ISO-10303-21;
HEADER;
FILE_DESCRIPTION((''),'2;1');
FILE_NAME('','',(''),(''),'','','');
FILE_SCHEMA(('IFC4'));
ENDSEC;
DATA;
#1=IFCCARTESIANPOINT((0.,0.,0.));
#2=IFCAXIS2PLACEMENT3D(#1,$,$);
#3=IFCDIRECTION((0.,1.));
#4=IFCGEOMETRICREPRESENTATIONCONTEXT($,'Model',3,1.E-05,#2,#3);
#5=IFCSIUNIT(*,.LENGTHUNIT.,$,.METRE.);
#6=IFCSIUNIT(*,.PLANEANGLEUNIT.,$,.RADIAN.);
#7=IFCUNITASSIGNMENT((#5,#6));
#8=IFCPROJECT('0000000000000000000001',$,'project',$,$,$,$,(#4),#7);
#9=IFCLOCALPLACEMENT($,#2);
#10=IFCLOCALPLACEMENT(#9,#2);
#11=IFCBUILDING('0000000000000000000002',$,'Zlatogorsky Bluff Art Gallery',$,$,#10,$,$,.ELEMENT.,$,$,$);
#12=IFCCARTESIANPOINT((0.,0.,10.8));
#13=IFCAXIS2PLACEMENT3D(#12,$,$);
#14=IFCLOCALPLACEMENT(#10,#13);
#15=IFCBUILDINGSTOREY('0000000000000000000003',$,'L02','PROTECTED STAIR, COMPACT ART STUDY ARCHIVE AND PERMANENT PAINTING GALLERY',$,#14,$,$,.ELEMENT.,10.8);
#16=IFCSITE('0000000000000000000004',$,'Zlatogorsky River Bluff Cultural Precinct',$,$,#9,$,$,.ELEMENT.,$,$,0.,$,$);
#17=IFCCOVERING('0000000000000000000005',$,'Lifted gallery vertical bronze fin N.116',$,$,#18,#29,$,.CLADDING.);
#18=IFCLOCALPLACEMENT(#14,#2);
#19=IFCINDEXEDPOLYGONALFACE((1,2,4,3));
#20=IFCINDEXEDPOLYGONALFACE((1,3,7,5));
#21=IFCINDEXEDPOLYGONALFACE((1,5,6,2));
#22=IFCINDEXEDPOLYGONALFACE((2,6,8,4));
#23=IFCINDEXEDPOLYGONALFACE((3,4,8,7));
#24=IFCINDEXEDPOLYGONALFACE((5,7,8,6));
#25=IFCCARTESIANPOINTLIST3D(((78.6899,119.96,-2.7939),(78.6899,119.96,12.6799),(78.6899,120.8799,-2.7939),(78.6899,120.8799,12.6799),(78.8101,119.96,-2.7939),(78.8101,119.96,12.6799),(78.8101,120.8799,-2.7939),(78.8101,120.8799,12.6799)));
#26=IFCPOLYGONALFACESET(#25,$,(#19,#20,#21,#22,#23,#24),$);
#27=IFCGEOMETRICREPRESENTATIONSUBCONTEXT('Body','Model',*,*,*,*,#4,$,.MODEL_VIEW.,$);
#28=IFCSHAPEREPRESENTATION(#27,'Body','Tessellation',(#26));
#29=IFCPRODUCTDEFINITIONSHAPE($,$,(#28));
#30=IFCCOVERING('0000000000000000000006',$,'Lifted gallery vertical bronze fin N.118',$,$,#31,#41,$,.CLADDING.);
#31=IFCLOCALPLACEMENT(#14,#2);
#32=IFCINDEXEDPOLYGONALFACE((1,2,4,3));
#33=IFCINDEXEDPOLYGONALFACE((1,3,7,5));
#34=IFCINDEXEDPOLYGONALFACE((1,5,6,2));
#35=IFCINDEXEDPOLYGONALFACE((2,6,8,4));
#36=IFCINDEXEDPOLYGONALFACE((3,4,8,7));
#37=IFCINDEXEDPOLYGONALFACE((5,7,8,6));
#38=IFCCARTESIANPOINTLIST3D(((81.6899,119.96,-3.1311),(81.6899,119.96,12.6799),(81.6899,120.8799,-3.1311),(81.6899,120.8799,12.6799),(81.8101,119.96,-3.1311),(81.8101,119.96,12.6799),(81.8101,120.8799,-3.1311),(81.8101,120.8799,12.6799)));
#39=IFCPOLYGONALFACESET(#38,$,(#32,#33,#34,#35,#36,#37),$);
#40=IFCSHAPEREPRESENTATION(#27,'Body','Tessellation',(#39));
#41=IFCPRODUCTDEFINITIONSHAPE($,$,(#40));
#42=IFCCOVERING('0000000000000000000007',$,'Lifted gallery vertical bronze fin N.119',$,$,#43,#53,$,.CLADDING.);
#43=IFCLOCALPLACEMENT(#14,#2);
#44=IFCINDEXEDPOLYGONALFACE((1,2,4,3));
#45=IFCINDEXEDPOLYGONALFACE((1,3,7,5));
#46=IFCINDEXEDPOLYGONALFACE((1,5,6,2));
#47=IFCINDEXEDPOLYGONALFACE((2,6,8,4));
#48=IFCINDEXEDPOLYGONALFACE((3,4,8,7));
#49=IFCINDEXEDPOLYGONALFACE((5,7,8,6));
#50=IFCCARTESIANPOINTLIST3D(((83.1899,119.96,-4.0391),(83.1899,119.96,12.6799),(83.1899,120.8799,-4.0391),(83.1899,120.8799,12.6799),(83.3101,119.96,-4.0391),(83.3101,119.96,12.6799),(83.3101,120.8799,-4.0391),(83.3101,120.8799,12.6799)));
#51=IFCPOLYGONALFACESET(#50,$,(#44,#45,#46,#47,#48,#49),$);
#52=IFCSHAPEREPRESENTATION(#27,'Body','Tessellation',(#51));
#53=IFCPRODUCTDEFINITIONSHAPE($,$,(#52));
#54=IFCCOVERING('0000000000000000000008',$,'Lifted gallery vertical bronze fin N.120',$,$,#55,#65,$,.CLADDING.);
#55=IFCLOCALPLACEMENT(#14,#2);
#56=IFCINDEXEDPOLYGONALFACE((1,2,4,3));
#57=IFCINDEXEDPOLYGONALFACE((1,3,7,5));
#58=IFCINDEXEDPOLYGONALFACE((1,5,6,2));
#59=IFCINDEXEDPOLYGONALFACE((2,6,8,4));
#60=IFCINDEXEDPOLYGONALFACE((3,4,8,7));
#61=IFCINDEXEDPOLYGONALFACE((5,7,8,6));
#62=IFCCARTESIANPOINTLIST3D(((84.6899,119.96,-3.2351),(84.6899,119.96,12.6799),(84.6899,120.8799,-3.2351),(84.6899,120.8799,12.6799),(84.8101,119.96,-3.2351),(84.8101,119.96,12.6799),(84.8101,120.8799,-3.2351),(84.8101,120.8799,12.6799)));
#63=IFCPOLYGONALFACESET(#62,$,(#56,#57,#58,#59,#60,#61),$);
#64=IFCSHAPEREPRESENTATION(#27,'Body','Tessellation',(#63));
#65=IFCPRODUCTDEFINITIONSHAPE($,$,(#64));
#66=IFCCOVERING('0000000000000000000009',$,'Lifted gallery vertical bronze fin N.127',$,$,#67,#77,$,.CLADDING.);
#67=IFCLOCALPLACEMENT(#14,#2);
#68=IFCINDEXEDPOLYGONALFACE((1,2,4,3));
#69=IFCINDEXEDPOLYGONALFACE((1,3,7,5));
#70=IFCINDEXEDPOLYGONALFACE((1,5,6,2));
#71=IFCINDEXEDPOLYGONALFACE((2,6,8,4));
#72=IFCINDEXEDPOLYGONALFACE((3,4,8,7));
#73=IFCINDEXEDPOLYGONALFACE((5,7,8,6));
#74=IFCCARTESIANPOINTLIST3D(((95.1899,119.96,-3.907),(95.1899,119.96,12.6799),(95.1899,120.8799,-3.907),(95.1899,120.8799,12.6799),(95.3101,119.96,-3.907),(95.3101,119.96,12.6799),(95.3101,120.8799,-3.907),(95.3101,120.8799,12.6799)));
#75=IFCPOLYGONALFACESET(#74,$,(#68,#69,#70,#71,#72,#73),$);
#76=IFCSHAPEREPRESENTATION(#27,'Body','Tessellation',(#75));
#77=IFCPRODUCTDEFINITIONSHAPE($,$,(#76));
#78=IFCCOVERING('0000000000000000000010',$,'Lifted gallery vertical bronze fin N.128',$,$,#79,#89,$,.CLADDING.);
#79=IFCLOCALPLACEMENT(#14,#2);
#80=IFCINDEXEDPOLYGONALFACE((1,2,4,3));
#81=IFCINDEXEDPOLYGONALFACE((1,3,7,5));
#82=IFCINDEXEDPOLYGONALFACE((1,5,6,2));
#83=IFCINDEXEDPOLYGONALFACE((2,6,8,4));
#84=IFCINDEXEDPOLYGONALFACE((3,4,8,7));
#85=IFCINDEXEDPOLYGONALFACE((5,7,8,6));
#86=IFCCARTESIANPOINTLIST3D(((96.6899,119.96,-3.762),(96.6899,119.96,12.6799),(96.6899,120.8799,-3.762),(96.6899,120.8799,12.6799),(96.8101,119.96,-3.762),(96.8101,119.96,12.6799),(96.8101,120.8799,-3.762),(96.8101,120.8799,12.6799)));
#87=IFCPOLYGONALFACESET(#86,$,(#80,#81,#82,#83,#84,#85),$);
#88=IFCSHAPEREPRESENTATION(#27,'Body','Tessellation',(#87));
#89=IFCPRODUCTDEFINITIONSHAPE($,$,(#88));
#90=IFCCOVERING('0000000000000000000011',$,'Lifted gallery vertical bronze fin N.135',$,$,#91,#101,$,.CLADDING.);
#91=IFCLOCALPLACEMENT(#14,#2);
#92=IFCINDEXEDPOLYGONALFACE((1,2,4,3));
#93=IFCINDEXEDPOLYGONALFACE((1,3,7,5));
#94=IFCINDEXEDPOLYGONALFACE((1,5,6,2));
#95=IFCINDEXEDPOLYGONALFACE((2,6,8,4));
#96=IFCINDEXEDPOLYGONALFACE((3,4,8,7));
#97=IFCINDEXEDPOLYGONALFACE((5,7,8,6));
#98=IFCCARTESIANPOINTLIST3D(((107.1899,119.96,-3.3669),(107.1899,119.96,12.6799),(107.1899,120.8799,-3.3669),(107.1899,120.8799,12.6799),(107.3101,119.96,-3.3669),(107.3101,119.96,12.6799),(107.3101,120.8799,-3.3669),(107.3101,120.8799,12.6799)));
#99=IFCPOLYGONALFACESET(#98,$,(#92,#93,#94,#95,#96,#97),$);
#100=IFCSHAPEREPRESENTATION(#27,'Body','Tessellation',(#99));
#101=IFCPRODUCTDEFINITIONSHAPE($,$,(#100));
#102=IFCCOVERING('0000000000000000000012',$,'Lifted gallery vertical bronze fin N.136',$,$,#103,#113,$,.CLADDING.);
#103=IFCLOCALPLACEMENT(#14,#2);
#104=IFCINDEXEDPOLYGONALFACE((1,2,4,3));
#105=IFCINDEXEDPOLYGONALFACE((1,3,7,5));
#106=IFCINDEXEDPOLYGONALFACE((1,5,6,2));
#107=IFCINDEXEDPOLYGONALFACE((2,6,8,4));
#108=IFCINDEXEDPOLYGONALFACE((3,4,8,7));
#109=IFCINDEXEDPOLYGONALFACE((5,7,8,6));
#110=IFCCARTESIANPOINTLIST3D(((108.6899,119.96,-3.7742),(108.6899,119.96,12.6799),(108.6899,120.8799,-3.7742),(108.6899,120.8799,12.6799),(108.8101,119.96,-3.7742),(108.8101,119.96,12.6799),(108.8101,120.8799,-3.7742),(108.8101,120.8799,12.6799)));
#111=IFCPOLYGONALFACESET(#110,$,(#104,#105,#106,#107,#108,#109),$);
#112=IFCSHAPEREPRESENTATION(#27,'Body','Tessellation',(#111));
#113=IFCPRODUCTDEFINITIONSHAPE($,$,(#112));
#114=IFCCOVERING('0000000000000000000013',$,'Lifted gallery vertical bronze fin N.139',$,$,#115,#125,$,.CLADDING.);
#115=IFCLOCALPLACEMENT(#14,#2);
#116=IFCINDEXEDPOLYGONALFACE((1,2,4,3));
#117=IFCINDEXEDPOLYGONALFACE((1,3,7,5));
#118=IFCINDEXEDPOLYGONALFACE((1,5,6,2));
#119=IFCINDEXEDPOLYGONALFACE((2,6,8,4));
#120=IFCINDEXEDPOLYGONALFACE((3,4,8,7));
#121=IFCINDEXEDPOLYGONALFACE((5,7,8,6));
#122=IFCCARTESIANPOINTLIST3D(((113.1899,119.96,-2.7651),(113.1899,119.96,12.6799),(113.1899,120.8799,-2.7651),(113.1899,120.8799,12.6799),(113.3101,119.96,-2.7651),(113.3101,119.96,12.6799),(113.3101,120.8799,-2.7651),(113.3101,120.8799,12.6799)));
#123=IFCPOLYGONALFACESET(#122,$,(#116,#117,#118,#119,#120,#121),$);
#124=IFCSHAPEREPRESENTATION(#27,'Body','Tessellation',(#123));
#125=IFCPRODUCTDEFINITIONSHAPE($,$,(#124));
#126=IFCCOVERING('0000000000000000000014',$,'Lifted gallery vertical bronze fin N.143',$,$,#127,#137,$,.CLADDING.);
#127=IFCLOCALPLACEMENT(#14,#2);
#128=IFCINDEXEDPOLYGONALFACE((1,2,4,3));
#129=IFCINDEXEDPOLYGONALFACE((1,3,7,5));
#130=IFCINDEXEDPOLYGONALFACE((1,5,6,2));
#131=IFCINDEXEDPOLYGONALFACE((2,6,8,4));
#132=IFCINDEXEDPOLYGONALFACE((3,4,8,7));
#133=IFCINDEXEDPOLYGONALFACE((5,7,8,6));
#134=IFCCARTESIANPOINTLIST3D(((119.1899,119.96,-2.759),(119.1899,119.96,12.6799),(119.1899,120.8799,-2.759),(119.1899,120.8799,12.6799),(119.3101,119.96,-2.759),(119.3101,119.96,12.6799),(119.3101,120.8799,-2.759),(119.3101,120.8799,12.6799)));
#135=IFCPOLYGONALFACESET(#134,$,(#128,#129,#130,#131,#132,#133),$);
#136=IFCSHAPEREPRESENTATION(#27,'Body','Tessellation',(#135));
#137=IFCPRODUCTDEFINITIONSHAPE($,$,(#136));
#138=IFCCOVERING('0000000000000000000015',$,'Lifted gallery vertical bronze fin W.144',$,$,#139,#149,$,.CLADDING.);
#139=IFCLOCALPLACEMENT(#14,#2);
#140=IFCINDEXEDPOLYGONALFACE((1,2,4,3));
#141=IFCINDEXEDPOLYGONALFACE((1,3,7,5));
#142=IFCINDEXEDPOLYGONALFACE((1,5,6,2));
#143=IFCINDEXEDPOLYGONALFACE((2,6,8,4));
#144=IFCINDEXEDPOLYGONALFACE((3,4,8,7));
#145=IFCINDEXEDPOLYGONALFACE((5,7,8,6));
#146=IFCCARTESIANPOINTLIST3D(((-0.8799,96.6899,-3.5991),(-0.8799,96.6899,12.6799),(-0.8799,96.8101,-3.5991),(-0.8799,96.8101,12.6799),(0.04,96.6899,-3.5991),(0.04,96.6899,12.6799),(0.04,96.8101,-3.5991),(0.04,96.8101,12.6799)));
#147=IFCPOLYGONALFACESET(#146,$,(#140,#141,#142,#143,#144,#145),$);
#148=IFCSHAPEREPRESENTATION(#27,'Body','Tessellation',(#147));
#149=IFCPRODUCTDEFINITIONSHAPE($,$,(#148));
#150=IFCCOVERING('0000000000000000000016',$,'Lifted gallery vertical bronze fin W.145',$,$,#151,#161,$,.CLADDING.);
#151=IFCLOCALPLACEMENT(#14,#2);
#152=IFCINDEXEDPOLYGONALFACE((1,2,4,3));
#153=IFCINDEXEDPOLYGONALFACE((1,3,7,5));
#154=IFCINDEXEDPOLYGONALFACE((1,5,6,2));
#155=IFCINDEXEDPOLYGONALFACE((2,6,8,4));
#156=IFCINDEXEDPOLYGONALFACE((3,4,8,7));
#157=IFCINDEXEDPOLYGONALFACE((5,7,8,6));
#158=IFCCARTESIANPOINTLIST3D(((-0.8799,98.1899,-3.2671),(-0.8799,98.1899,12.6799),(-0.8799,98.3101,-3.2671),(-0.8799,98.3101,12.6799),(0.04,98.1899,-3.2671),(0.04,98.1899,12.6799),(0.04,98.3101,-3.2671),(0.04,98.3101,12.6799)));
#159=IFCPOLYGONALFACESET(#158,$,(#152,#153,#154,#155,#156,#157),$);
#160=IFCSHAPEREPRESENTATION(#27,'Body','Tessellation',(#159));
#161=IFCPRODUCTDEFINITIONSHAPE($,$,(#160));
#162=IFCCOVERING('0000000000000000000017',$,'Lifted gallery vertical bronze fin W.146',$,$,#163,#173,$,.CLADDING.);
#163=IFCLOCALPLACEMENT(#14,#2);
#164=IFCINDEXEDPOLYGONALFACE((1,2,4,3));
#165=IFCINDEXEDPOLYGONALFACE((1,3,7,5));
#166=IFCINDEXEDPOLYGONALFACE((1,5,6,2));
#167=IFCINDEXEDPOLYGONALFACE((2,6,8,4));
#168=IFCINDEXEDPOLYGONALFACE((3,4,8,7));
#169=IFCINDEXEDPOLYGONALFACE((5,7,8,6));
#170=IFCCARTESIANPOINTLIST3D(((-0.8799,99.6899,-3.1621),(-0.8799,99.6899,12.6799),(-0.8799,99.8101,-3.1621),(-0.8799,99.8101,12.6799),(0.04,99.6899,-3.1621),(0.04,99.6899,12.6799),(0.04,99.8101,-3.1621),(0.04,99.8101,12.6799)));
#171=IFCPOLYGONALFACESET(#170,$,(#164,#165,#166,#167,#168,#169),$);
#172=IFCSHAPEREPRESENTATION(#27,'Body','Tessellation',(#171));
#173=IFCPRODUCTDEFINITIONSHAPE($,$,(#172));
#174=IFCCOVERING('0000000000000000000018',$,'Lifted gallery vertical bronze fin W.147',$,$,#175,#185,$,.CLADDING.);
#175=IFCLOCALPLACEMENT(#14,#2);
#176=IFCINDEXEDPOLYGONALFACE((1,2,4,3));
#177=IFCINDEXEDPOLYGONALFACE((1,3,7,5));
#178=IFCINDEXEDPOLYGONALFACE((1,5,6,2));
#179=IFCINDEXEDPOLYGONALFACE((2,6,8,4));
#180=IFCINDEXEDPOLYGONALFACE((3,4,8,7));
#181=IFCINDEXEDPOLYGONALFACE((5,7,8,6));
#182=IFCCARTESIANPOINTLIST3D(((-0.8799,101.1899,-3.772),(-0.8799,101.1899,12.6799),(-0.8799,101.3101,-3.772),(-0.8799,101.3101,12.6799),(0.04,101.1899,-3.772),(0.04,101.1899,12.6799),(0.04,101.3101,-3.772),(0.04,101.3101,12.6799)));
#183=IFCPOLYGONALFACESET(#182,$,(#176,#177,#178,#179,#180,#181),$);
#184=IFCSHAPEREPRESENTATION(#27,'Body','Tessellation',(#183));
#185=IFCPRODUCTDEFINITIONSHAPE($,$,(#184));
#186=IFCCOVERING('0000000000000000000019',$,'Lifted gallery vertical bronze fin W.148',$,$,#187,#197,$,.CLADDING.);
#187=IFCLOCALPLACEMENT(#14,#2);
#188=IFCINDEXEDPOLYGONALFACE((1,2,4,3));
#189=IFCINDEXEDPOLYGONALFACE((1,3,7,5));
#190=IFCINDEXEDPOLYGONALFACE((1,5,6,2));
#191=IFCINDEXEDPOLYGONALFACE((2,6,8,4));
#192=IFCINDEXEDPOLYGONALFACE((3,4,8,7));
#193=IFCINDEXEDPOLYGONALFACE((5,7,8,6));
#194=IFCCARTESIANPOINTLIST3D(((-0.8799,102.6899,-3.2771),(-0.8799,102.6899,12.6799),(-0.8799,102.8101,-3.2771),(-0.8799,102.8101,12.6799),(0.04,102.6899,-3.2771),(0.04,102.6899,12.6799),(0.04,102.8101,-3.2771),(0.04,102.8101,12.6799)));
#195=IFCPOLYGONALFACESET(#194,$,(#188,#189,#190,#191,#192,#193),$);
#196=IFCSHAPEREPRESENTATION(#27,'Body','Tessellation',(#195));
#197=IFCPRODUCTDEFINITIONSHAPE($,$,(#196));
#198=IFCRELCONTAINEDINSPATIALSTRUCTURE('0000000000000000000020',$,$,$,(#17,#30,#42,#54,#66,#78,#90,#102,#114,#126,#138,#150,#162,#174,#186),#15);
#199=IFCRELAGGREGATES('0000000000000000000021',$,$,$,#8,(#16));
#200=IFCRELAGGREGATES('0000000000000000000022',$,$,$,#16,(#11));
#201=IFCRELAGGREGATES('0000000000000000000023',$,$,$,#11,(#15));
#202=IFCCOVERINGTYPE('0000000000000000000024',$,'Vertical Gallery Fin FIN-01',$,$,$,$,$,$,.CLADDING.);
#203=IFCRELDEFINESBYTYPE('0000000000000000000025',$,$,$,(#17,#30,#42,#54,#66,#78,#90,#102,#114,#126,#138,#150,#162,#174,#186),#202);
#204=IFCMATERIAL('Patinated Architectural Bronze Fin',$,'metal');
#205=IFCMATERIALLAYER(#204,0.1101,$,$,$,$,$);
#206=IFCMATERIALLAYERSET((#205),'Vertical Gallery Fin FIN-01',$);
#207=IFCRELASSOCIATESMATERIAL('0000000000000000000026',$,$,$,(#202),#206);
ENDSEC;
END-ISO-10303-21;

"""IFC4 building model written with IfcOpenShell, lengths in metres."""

from ifc_helpers import new_model, si_unit, direction, frame, origin, place, context, subcontext, project, spatial, polyline, outline, extrude, material, layer, layer_set, type_object, element, save


model = new_model("IFC4")

# Units and contexts
model_context = context("Model", 3, precision=1e-05, world=origin(), true_north=direction((0.0, 1.0)))
body_context = subcontext(model_context, "Body", "Model", "MODEL_VIEW")
ifc_project = project(units=[si_unit("LENGTHUNIT", "METRE"), si_unit("PLANEANGLEUNIT", "RADIAN")], contexts=[model_context])

# Site, building, storey
site_placement = place(None, origin())
site = spatial("IfcSite", under=ifc_project, at=site_placement, Name="Zlatogorsky River Bluff Cultural Precinct", CompositionType="ELEMENT", RefElevation=0.0)
building_placement = place(site_placement, origin())
building = spatial("IfcBuilding", under=site, at=building_placement, Name="Zlatogorsky Bluff Art Gallery", CompositionType="ELEMENT")
storey_placement = place(building_placement, frame((0.0, 0.0, 10.8)))
storey = spatial("IfcBuildingStorey", under=building, at=storey_placement, Name="L02", Description="PROTECTED STAIR, COMPACT ART STUDY ARCHIVE AND PERMANENT PAINTING GALLERY", CompositionType="ELEMENT", Elevation=10.8)

# Coverings
ifc_material = material(Name="Patinated Architectural Bronze Fin", Category="metal")
ifc_layer = layer(ifc_material, 0.1101)
ifc_layer_set = layer_set([ifc_layer], Name="Vertical Gallery Fin FIN-01")
covering_type = type_object("IfcCoveringType", Name="Vertical Gallery Fin FIN-01", PredefinedType="CLADDING", material=ifc_layer_set)
covering_1_placement = place(storey_placement, frame((0.0, 0.0, -2.7939)))
element("IfcCovering", 1, at=covering_1_placement, inside=storey, type_object=covering_type, Name="Lifted gallery vertical bronze fin N.116", PredefinedType="CLADDING", context=body_context, shape_type="SweptSolid", body=[
    extrude(outline(polyline([(78.6899, 119.96), (78.8101, 119.96), (78.8101, 120.8799), (78.6899, 120.8799), (78.6899, 119.96)])), origin(), (0.0, 0.0, 1.0), 15.4739),
])
covering_2_placement = place(storey_placement, frame((0.0, 0.0, -3.1311)))
element("IfcCovering", 2, at=covering_2_placement, inside=storey, type_object=covering_type, Name="Lifted gallery vertical bronze fin N.118", PredefinedType="CLADDING", context=body_context, shape_type="SweptSolid", body=[
    extrude(outline(polyline([(81.6899, 119.96), (81.8101, 119.96), (81.8101, 120.8799), (81.6899, 120.8799), (81.6899, 119.96)])), origin(), (0.0, 0.0, 1.0), 15.811),
])
covering_3_placement = place(storey_placement, frame((0.0, 0.0, -4.0391)))
element("IfcCovering", 3, at=covering_3_placement, inside=storey, type_object=covering_type, Name="Lifted gallery vertical bronze fin N.119", PredefinedType="CLADDING", context=body_context, shape_type="SweptSolid", body=[
    extrude(outline(polyline([(83.1899, 119.96), (83.3101, 119.96), (83.3101, 120.8799), (83.1899, 120.8799), (83.1899, 119.96)])), origin(), (0.0, 0.0, 1.0), 16.719),
])
covering_4_placement = place(storey_placement, frame((0.0, 0.0, -3.2351)))
element("IfcCovering", 4, at=covering_4_placement, inside=storey, type_object=covering_type, Name="Lifted gallery vertical bronze fin N.120", PredefinedType="CLADDING", context=body_context, shape_type="SweptSolid", body=[
    extrude(outline(polyline([(84.6899, 119.96), (84.8101, 119.96), (84.8101, 120.8799), (84.6899, 120.8799), (84.6899, 119.96)])), origin(), (0.0, 0.0, 1.0), 15.915),
])
covering_5_placement = place(storey_placement, frame((0.0, 0.0, -3.907)))
element("IfcCovering", 5, at=covering_5_placement, inside=storey, type_object=covering_type, Name="Lifted gallery vertical bronze fin N.127", PredefinedType="CLADDING", context=body_context, shape_type="SweptSolid", body=[
    extrude(outline(polyline([(95.1899, 119.96), (95.3101, 119.96), (95.3101, 120.8799), (95.1899, 120.8799), (95.1899, 119.96)])), origin(), (0.0, 0.0, 1.0), 16.5869),
])
covering_6_placement = place(storey_placement, frame((0.0, 0.0, -3.762)))
element("IfcCovering", 6, at=covering_6_placement, inside=storey, type_object=covering_type, Name="Lifted gallery vertical bronze fin N.128", PredefinedType="CLADDING", context=body_context, shape_type="SweptSolid", body=[
    extrude(outline(polyline([(96.6899, 119.96), (96.8101, 119.96), (96.8101, 120.8799), (96.6899, 120.8799), (96.6899, 119.96)])), origin(), (0.0, 0.0, 1.0), 16.4419),
])
covering_7_placement = place(storey_placement, frame((0.0, 0.0, -3.3669)))
element("IfcCovering", 7, at=covering_7_placement, inside=storey, type_object=covering_type, Name="Lifted gallery vertical bronze fin N.135", PredefinedType="CLADDING", context=body_context, shape_type="SweptSolid", body=[
    extrude(outline(polyline([(107.1899, 119.96), (107.3101, 119.96), (107.3101, 120.8799), (107.1899, 120.8799), (107.1899, 119.96)])), origin(), (0.0, 0.0, 1.0), 16.0469),
])
covering_8_placement = place(storey_placement, frame((0.0, 0.0, -3.7742)))
element("IfcCovering", 8, at=covering_8_placement, inside=storey, type_object=covering_type, Name="Lifted gallery vertical bronze fin N.136", PredefinedType="CLADDING", context=body_context, shape_type="SweptSolid", body=[
    extrude(outline(polyline([(108.6899, 119.96), (108.8101, 119.96), (108.8101, 120.8799), (108.6899, 120.8799), (108.6899, 119.96)])), origin(), (0.0, 0.0, 1.0), 16.4541),
])
covering_9_placement = place(storey_placement, frame((0.0, 0.0, -2.7651)))
element("IfcCovering", 9, at=covering_9_placement, inside=storey, type_object=covering_type, Name="Lifted gallery vertical bronze fin N.139", PredefinedType="CLADDING", context=body_context, shape_type="SweptSolid", body=[
    extrude(outline(polyline([(113.1899, 119.96), (113.3101, 119.96), (113.3101, 120.8799), (113.1899, 120.8799), (113.1899, 119.96)])), origin(), (0.0, 0.0, 1.0), 15.4451),
])
covering_10_placement = place(storey_placement, frame((0.0, 0.0, -2.759)))
element("IfcCovering", 10, at=covering_10_placement, inside=storey, type_object=covering_type, Name="Lifted gallery vertical bronze fin N.143", PredefinedType="CLADDING", context=body_context, shape_type="SweptSolid", body=[
    extrude(outline(polyline([(119.1899, 119.96), (119.3101, 119.96), (119.3101, 120.8799), (119.1899, 120.8799), (119.1899, 119.96)])), origin(), (0.0, 0.0, 1.0), 15.439),
])
covering_11_placement = place(storey_placement, frame((0.0, 0.0, -3.5991)))
element("IfcCovering", 11, at=covering_11_placement, inside=storey, type_object=covering_type, Name="Lifted gallery vertical bronze fin W.144", PredefinedType="CLADDING", context=body_context, shape_type="SweptSolid", body=[
    extrude(outline(polyline([(-0.8799, 96.6899), (0.04, 96.6899), (0.04, 96.8101), (-0.8799, 96.8101), (-0.8799, 96.6899)])), origin(), (0.0, 0.0, 1.0), 16.2791),
])
covering_12_placement = place(storey_placement, frame((0.0, 0.0, -3.2671)))
element("IfcCovering", 12, at=covering_12_placement, inside=storey, type_object=covering_type, Name="Lifted gallery vertical bronze fin W.145", PredefinedType="CLADDING", context=body_context, shape_type="SweptSolid", body=[
    extrude(outline(polyline([(-0.8799, 98.1899), (0.04, 98.1899), (0.04, 98.3101), (-0.8799, 98.3101), (-0.8799, 98.1899)])), origin(), (0.0, 0.0, 1.0), 15.947),
])
covering_13_placement = place(storey_placement, frame((0.0, 0.0, -3.1621)))
element("IfcCovering", 13, at=covering_13_placement, inside=storey, type_object=covering_type, Name="Lifted gallery vertical bronze fin W.146", PredefinedType="CLADDING", context=body_context, shape_type="SweptSolid", body=[
    extrude(outline(polyline([(-0.8799, 99.6899), (0.04, 99.6899), (0.04, 99.8101), (-0.8799, 99.8101), (-0.8799, 99.6899)])), origin(), (0.0, 0.0, 1.0), 15.842),
])
covering_14_placement = place(storey_placement, frame((0.0, 0.0, -3.772)))
element("IfcCovering", 14, at=covering_14_placement, inside=storey, type_object=covering_type, Name="Lifted gallery vertical bronze fin W.147", PredefinedType="CLADDING", context=body_context, shape_type="SweptSolid", body=[
    extrude(outline(polyline([(-0.8799, 101.1899), (0.04, 101.1899), (0.04, 101.3101), (-0.8799, 101.3101), (-0.8799, 101.1899)])), origin(), (0.0, 0.0, 1.0), 16.4519),
])
covering_15_placement = place(storey_placement, frame((0.0, 0.0, -3.2771)))
element("IfcCovering", 15, at=covering_15_placement, inside=storey, type_object=covering_type, Name="Lifted gallery vertical bronze fin W.148", PredefinedType="CLADDING", context=body_context, shape_type="SweptSolid", body=[
    extrude(outline(polyline([(-0.8799, 102.6899), (0.04, 102.6899), (0.04, 102.8101), (-0.8799, 102.8101), (-0.8799, 102.6899)])), origin(), (0.0, 0.0, 1.0), 15.957),
])

save(model, "model.ifc")
